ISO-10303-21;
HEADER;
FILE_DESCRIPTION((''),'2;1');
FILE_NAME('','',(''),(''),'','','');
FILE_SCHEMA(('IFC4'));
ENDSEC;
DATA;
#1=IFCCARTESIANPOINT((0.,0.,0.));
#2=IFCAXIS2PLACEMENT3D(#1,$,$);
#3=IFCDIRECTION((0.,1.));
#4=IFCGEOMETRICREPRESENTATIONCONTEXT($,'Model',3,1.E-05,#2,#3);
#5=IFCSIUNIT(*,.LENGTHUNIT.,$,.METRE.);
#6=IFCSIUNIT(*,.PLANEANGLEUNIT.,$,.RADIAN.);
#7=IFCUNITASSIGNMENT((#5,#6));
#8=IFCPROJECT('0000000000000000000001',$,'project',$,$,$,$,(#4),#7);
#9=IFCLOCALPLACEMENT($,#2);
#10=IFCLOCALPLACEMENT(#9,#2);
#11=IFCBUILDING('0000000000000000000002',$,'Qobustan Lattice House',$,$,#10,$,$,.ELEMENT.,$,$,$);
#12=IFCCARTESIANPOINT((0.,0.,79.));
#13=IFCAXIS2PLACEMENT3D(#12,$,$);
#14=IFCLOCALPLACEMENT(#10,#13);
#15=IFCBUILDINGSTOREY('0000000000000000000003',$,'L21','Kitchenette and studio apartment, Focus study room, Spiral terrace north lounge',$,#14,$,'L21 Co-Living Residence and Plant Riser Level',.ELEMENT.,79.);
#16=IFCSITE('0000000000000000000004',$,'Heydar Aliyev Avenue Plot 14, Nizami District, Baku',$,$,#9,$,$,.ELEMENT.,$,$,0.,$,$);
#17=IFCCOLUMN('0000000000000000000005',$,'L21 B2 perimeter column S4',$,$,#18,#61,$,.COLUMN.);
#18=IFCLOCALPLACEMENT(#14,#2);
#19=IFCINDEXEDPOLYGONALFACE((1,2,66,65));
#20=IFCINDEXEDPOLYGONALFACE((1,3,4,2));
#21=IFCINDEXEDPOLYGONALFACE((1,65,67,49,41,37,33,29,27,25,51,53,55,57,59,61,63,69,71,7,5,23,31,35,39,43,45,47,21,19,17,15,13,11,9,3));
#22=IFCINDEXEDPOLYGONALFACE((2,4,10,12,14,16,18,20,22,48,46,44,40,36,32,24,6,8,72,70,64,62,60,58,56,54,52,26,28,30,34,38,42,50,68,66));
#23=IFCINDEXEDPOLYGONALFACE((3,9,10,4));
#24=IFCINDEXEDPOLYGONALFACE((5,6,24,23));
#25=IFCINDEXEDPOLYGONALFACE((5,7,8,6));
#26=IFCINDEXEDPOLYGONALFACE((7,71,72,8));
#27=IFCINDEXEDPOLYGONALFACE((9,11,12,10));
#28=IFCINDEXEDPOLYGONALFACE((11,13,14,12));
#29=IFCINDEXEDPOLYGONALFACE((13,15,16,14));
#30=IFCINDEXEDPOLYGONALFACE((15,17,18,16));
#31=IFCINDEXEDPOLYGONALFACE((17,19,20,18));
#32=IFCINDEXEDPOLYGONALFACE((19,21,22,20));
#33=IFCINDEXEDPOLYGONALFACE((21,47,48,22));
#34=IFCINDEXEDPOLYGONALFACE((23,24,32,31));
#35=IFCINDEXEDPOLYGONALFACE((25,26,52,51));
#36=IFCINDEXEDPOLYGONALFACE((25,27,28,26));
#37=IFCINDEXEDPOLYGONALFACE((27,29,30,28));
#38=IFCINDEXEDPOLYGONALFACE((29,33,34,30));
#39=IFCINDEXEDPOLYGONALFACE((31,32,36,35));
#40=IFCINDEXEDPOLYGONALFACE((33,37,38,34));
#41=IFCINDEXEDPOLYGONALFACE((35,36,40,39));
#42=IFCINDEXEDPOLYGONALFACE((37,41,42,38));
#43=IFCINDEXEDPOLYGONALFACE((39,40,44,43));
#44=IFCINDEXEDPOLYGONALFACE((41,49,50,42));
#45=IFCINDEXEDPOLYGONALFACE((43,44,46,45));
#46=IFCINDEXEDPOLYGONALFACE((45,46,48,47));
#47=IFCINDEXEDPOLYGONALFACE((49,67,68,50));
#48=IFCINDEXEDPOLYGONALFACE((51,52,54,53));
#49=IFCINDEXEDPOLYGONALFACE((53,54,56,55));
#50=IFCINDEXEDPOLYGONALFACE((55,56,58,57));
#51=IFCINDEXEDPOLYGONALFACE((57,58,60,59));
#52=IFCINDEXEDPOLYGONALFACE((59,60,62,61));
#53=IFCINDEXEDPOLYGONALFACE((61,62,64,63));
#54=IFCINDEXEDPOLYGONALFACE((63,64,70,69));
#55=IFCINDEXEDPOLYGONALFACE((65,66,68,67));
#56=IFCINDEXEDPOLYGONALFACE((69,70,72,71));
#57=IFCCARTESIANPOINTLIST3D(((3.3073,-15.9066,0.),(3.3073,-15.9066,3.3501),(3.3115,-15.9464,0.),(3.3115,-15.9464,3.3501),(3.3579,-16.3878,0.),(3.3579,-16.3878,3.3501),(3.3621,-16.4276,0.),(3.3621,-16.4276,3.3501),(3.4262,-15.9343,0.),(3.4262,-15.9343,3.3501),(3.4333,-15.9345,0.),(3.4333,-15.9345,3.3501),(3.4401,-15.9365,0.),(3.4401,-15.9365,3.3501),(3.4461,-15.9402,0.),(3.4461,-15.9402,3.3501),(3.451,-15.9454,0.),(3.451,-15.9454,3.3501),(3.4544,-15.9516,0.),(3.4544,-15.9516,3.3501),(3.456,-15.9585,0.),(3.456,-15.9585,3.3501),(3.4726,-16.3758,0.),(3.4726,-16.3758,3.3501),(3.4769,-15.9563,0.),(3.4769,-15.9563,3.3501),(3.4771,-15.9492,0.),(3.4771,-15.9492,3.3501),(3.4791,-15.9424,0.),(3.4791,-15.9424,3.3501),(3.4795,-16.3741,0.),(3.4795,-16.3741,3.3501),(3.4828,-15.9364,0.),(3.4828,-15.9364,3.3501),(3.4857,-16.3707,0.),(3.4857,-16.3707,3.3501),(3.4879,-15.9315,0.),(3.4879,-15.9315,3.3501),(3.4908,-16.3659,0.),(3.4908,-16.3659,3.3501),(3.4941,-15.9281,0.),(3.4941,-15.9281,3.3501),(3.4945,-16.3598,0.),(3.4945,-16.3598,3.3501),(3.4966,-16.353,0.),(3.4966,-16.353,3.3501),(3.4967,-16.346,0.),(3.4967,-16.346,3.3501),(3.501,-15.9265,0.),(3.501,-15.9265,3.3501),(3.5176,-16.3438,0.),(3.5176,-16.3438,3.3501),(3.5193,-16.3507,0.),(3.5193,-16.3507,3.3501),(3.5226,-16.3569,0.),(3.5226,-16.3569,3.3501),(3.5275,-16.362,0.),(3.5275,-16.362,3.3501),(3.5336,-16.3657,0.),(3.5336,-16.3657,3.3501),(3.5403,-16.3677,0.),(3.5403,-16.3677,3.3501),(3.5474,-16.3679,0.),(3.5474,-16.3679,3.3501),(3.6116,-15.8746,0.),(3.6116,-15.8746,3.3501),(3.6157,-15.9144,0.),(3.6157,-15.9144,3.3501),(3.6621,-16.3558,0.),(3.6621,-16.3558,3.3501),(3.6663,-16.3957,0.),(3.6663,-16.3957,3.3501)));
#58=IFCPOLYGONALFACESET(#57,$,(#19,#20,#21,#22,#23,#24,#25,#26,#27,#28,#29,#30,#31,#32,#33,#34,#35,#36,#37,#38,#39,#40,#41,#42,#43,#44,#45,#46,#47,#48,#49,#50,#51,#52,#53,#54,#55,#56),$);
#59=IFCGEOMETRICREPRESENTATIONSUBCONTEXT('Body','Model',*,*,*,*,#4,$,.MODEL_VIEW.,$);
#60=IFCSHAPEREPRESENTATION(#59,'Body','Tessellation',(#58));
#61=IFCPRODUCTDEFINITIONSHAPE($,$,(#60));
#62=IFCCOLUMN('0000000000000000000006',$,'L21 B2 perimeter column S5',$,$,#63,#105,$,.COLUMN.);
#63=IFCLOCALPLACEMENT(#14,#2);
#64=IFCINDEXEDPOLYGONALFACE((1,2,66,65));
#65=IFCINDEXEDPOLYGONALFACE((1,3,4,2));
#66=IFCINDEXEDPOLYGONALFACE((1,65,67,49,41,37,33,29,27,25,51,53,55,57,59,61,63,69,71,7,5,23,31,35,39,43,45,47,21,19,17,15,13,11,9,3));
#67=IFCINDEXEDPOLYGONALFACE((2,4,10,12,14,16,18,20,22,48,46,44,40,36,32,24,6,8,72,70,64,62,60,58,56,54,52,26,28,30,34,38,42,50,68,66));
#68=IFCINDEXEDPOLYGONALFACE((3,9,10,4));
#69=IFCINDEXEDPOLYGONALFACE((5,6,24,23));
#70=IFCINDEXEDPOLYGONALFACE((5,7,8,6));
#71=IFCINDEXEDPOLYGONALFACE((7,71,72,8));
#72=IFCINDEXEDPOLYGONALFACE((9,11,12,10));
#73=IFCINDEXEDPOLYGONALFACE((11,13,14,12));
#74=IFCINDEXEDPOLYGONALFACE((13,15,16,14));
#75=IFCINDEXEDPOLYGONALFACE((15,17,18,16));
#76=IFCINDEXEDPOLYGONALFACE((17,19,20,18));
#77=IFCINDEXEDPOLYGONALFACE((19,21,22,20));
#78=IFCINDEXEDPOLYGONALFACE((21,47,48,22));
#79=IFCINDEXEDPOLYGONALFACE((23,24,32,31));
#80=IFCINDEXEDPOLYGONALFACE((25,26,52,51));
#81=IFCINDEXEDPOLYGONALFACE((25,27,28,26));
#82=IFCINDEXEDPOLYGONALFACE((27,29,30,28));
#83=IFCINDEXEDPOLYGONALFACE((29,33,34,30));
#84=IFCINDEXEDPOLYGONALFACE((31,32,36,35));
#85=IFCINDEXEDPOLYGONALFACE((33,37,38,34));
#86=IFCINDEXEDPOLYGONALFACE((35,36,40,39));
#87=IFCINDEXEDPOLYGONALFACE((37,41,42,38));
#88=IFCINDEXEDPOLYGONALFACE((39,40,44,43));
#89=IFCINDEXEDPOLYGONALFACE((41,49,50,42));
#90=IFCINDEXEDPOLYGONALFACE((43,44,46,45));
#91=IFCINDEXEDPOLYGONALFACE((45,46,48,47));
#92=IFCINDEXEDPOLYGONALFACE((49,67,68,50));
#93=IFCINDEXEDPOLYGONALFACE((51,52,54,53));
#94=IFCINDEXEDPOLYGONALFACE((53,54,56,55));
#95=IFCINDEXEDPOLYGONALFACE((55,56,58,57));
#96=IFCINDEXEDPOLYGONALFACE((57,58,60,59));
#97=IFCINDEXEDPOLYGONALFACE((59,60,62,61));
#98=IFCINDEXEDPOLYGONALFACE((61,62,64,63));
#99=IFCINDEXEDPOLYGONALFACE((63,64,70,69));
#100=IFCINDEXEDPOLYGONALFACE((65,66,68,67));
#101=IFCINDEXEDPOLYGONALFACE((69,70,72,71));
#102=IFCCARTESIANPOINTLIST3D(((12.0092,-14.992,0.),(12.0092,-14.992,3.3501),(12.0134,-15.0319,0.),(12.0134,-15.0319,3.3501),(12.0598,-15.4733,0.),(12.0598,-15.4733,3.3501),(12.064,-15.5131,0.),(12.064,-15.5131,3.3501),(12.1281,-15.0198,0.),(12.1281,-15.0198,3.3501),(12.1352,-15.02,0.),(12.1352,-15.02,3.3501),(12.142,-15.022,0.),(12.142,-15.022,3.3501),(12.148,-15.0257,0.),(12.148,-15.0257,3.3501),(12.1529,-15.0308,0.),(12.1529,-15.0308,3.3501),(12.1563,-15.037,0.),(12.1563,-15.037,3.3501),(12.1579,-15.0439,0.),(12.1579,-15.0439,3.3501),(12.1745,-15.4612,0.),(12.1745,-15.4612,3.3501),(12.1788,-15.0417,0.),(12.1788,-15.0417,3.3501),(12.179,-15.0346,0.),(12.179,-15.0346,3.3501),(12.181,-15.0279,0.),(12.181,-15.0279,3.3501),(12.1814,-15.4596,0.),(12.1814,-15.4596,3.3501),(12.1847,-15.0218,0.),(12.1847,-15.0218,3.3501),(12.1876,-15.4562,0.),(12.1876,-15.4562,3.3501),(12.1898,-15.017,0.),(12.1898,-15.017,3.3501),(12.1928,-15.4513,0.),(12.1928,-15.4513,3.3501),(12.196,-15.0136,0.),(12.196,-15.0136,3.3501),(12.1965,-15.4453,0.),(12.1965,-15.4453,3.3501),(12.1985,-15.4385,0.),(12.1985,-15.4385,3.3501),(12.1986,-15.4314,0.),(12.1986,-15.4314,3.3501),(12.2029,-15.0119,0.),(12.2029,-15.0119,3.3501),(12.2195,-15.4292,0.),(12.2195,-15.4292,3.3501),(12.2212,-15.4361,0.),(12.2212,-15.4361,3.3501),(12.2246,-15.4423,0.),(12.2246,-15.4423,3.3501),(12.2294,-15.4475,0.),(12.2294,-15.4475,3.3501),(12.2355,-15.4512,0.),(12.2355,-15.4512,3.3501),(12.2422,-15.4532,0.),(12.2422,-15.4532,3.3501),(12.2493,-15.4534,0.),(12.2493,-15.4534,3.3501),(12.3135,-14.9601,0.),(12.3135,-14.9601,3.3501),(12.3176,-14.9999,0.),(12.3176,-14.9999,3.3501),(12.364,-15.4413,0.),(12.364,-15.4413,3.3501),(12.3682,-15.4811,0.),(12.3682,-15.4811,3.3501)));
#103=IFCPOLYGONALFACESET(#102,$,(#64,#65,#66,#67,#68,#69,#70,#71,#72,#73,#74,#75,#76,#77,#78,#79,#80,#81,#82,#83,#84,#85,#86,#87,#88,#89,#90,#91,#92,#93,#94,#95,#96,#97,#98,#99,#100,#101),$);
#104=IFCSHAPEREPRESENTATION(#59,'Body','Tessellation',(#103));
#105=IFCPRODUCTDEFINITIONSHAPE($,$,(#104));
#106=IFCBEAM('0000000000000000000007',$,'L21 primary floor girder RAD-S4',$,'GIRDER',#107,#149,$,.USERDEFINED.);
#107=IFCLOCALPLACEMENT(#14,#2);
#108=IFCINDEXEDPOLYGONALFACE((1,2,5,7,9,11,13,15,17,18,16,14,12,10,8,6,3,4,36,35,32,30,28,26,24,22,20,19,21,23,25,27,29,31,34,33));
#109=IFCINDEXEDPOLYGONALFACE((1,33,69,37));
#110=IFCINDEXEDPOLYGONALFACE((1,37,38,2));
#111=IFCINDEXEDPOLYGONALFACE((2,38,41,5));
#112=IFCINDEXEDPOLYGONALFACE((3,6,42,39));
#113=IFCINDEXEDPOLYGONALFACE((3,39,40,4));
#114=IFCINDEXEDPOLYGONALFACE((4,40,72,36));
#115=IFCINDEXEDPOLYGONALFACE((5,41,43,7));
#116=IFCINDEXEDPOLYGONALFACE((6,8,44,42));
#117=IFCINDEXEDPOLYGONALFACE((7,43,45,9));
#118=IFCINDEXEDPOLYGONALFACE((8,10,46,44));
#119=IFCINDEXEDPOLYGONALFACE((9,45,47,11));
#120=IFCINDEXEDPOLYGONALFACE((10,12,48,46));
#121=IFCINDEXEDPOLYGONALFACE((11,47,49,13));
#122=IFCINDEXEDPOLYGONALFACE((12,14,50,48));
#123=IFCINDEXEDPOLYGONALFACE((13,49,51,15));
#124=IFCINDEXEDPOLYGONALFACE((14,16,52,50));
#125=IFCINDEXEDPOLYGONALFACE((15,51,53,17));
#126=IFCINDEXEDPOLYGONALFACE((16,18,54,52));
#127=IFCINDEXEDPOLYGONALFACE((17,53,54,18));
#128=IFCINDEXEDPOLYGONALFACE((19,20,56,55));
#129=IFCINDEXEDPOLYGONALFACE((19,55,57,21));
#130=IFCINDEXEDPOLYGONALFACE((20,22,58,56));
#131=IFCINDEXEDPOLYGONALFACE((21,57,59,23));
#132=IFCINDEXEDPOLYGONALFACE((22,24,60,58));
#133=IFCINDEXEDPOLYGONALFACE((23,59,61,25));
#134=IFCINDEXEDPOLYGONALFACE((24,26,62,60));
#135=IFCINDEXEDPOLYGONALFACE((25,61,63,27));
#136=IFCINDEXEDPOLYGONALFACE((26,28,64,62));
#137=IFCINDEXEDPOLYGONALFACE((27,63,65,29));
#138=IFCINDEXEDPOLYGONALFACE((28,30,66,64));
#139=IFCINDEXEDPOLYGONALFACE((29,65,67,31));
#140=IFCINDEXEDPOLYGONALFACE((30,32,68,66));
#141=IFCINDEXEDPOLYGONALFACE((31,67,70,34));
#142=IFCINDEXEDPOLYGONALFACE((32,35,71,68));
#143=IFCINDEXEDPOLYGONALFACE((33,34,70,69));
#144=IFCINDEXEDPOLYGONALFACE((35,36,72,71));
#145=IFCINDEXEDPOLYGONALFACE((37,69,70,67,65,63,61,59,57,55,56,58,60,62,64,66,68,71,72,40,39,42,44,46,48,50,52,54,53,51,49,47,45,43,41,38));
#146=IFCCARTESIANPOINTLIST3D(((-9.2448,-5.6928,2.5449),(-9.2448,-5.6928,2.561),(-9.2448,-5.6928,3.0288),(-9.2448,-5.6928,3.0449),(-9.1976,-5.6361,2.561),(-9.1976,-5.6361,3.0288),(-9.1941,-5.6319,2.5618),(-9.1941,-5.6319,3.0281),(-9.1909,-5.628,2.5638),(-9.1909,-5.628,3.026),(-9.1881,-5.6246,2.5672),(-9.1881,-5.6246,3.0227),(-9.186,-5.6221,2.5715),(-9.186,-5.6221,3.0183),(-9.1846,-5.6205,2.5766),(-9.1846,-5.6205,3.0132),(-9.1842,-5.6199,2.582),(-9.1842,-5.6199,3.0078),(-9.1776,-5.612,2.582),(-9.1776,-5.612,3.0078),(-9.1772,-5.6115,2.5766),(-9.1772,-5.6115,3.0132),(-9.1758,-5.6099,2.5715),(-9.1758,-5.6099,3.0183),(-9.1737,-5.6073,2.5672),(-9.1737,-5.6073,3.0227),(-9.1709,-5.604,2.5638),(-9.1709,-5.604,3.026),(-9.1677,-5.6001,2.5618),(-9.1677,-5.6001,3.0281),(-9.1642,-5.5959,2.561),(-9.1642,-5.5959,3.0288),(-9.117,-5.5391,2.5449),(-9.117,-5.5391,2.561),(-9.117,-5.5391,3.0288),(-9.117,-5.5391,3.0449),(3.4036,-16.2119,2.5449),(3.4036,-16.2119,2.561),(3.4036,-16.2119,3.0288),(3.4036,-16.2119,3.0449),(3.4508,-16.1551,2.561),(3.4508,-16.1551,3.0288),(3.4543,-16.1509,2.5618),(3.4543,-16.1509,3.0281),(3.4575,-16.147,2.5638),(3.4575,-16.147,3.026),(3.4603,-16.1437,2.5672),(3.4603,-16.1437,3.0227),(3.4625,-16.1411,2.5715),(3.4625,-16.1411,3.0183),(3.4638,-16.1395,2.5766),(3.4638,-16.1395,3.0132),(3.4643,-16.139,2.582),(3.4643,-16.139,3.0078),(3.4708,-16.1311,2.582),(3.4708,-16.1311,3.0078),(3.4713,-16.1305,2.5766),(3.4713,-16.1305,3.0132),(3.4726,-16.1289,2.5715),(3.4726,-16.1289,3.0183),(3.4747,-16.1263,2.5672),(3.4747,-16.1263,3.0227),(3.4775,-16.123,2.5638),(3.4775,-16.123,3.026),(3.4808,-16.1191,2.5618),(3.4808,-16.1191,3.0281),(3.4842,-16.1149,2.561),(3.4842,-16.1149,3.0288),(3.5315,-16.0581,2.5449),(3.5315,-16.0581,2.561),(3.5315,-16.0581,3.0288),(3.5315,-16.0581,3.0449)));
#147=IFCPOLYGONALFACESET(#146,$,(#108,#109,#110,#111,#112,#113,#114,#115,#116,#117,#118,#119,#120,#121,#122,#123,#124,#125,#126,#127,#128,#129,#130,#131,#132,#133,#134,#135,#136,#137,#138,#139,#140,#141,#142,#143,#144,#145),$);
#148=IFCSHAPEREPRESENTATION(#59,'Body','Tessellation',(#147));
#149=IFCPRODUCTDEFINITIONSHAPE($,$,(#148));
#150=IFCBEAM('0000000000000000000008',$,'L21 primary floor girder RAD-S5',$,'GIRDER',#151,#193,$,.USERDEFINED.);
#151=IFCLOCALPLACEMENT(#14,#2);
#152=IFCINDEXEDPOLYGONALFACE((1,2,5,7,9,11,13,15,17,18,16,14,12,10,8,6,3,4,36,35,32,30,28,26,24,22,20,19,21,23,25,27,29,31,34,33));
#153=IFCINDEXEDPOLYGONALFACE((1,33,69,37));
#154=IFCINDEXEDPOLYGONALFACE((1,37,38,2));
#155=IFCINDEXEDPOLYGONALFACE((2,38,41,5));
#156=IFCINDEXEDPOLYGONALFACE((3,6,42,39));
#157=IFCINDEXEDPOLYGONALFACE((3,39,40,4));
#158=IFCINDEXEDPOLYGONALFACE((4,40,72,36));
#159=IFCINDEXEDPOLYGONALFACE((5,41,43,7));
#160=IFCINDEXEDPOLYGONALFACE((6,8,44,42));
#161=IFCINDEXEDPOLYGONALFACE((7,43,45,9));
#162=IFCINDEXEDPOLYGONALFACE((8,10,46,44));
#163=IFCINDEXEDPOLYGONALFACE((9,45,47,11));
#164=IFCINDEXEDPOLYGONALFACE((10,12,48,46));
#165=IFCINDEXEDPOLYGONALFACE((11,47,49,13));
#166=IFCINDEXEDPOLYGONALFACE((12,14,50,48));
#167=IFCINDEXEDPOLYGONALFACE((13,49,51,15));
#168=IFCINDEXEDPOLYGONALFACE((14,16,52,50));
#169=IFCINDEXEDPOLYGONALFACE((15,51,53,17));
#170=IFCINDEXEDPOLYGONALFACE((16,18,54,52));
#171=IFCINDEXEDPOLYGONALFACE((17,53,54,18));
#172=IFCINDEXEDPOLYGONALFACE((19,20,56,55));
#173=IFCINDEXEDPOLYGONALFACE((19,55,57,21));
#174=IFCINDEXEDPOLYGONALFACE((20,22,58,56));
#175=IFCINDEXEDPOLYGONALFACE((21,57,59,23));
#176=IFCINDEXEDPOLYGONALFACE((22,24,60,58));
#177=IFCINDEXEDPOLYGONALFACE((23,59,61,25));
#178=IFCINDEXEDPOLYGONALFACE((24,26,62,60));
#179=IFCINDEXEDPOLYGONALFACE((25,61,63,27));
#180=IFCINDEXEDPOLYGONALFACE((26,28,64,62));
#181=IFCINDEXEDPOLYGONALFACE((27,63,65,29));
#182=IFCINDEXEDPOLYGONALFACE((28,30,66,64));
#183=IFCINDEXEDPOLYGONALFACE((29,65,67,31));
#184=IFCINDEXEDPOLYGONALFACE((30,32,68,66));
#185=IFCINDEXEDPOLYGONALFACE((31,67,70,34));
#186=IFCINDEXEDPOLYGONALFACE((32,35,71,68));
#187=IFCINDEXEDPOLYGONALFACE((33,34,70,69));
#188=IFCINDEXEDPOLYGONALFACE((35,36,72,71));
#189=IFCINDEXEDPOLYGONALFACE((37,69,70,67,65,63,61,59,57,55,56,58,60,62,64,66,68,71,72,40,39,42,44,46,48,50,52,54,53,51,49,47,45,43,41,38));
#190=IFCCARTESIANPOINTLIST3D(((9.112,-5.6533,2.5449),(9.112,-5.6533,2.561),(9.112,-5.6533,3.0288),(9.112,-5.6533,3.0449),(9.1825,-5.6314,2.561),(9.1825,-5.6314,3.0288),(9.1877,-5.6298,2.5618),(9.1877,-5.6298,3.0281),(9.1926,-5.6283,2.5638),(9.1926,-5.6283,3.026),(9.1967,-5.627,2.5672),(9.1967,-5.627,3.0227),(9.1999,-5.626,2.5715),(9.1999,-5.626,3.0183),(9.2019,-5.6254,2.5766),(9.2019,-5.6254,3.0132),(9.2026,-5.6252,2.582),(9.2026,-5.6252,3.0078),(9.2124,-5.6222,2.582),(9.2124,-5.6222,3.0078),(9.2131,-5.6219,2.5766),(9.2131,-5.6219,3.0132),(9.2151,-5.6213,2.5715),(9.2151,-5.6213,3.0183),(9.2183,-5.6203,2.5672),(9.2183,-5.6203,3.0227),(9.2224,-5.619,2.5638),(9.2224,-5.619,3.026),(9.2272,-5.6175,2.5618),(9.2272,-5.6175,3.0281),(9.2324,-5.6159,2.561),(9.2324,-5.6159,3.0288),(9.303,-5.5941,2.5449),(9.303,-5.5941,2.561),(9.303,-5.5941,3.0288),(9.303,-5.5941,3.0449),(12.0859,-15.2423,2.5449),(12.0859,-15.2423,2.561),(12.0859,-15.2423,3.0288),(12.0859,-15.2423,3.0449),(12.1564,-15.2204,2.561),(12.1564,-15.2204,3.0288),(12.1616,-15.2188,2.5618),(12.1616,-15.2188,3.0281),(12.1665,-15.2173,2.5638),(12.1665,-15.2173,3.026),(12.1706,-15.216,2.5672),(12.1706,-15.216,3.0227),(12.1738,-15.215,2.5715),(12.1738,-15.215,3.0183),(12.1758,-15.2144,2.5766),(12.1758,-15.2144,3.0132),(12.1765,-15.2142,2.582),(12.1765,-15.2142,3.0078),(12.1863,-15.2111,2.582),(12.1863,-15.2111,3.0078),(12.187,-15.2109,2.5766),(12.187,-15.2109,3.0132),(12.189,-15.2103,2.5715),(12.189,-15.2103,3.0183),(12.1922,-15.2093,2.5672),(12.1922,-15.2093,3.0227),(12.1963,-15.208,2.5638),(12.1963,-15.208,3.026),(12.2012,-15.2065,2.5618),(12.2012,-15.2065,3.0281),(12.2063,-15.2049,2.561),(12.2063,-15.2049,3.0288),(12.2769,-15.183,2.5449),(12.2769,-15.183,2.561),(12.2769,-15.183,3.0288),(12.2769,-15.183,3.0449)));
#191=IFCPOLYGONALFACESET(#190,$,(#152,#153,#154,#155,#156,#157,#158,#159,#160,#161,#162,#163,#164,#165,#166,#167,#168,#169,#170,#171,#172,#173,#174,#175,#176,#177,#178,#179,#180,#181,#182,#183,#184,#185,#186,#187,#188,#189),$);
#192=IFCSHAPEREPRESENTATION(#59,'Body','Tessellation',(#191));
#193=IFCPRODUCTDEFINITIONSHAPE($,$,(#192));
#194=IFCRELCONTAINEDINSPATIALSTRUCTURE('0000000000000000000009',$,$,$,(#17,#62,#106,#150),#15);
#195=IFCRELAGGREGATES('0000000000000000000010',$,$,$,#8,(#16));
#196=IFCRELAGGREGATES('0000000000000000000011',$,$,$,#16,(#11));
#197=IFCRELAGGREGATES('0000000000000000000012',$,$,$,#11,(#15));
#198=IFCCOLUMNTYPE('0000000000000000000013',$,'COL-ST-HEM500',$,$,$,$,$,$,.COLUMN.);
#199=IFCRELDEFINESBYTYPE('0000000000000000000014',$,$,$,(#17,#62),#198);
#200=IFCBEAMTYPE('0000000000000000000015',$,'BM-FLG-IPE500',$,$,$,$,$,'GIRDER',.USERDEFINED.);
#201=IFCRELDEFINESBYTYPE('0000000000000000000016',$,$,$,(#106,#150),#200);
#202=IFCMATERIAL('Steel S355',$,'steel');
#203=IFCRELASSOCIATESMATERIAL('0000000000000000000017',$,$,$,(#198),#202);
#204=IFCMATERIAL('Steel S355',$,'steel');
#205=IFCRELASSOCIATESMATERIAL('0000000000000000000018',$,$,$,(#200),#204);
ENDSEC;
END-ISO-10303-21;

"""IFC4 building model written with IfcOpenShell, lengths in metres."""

from ifc_helpers import new_model, si_unit, direction, frame, origin, origin_2d, place, context, subcontext, project, spatial, i_section, extrude, material, material_profile, profile_set, type_object, element, save


model = new_model("IFC4")

# Units and contexts
model_context = context("Model", 3, precision=1e-05, world=origin(), true_north=direction((0.0, 1.0)))
body_context = subcontext(model_context, "Body", "Model", "MODEL_VIEW")
ifc_project = project(units=[si_unit("LENGTHUNIT", "METRE"), si_unit("PLANEANGLEUNIT", "RADIAN")], contexts=[model_context])

# Site, building, storey
site_placement = place(None, origin())
site = spatial("IfcSite", under=ifc_project, at=site_placement, Name="Heydar Aliyev Avenue Plot 14, Nizami District, Baku", CompositionType="ELEMENT", RefElevation=0.0)
building_placement = place(site_placement, origin())
building = spatial("IfcBuilding", under=site, at=building_placement, Name="Qobustan Lattice House", CompositionType="ELEMENT")
storey_placement = place(building_placement, frame((0.0, 0.0, 79.0)))
storey = spatial("IfcBuildingStorey", under=building, at=storey_placement, Name="L21", Description="Kitchenette and studio apartment, Focus study room, Spiral terrace north lounge", LongName="L21 Co-Living Residence and Plant Riser Level", CompositionType="ELEMENT", Elevation=79.0)

# Columns
ifc_material_1 = material(Name="Steel S355", Category="steel")
ifc_material_profile_1 = material_profile(ifc_material_1, i_section(OverallWidth=0.3059, OverallDepth=0.5239, WebThickness=0.021, FlangeThickness=0.04, FilletRadius=0.0271, at=origin_2d()), Name="HEM500")
ifc_profile_set_1 = profile_set([ifc_material_profile_1], Name="Steel S355")
column_type = type_object("IfcColumnType", Name="COL-ST-HEM500", PredefinedType="COLUMN", material=ifc_profile_set_1)
for number, where, z_axis, x_axis, name in (
    (1, (3.4868, -16.1511, 0.0), (0.0, 0.0, 1.0), (0.994522, 0.104528, 0.0), "L21 B2 perimeter column S4"),
    (2, (12.1887, -15.2366, 0.0), (0.0, 0.0, 1.0), (0.994522, 0.104528, 0.0), "L21 B2 perimeter column S5"),
):
    element("IfcColumn", number, at=place(storey_placement, frame(where, z_axis=z_axis, x_axis=x_axis)), inside=storey, type_object=column_type, Name=name, PredefinedType="COLUMN", context=body_context, shape_type="SweptSolid", body=[
        extrude(i_section(OverallWidth=0.3059, OverallDepth=0.5239, WebThickness=0.021, FlangeThickness=0.04, FilletRadius=0.0271, at=origin_2d()), origin(), (0.0, 0.0, 1.0), 3.3501),
    ])

# Beams
ifc_material_2 = material(Name="Steel S355", Category="steel")
ifc_material_profile_2 = material_profile(ifc_material_2, i_section(OverallWidth=0.2, OverallDepth=0.5, WebThickness=0.0103, FlangeThickness=0.0161, FilletRadius=0.021, at=origin_2d()), Name="IPE500")
ifc_profile_set_2 = profile_set([ifc_material_profile_2], Name="Steel S355")
beam_type_1 = type_object("IfcBeamType", Name="BM-FLG-IPE500", ElementType="GIRDER", PredefinedType="USERDEFINED", material=ifc_profile_set_2)
beam_1_placement = place(storey_placement, frame((3.4675, -16.135, 2.7949), z_axis=(-0.768858, 0.639419, 0.0), x_axis=(-0.639419, -0.768858, 0.0)))
element("IfcBeam", 3, at=beam_1_placement, inside=storey, type_object=beam_type_1, Name="L21 primary floor girder RAD-S4", ObjectType="GIRDER", PredefinedType="USERDEFINED", context=body_context, shape_type="SweptSolid", body=[
    extrude(i_section(OverallWidth=0.2, OverallDepth=0.5, WebThickness=0.0103, FlangeThickness=0.0161, FilletRadius=0.021, at=origin_2d()), origin(), (0.0, 0.0, 1.0), 16.4509),
])
beam_2_placement = place(storey_placement, frame((12.1814, -15.2126, 2.7949), z_axis=(-0.296219, 0.95512, 0.0), x_axis=(-0.95512, -0.296219, 0.0)))
element("IfcBeam", 4, at=beam_2_placement, inside=storey, type_object=beam_type_1, Name="L21 primary floor girder RAD-S5", ObjectType="GIRDER", PredefinedType="USERDEFINED", context=body_context, shape_type="SweptSolid", body=[
    extrude(i_section(OverallWidth=0.2, OverallDepth=0.5, WebThickness=0.0103, FlangeThickness=0.0161, FilletRadius=0.021, at=origin_2d()), origin(), (0.0, 0.0, 1.0), 10.0396),
])

save(model, "model.ifc")
